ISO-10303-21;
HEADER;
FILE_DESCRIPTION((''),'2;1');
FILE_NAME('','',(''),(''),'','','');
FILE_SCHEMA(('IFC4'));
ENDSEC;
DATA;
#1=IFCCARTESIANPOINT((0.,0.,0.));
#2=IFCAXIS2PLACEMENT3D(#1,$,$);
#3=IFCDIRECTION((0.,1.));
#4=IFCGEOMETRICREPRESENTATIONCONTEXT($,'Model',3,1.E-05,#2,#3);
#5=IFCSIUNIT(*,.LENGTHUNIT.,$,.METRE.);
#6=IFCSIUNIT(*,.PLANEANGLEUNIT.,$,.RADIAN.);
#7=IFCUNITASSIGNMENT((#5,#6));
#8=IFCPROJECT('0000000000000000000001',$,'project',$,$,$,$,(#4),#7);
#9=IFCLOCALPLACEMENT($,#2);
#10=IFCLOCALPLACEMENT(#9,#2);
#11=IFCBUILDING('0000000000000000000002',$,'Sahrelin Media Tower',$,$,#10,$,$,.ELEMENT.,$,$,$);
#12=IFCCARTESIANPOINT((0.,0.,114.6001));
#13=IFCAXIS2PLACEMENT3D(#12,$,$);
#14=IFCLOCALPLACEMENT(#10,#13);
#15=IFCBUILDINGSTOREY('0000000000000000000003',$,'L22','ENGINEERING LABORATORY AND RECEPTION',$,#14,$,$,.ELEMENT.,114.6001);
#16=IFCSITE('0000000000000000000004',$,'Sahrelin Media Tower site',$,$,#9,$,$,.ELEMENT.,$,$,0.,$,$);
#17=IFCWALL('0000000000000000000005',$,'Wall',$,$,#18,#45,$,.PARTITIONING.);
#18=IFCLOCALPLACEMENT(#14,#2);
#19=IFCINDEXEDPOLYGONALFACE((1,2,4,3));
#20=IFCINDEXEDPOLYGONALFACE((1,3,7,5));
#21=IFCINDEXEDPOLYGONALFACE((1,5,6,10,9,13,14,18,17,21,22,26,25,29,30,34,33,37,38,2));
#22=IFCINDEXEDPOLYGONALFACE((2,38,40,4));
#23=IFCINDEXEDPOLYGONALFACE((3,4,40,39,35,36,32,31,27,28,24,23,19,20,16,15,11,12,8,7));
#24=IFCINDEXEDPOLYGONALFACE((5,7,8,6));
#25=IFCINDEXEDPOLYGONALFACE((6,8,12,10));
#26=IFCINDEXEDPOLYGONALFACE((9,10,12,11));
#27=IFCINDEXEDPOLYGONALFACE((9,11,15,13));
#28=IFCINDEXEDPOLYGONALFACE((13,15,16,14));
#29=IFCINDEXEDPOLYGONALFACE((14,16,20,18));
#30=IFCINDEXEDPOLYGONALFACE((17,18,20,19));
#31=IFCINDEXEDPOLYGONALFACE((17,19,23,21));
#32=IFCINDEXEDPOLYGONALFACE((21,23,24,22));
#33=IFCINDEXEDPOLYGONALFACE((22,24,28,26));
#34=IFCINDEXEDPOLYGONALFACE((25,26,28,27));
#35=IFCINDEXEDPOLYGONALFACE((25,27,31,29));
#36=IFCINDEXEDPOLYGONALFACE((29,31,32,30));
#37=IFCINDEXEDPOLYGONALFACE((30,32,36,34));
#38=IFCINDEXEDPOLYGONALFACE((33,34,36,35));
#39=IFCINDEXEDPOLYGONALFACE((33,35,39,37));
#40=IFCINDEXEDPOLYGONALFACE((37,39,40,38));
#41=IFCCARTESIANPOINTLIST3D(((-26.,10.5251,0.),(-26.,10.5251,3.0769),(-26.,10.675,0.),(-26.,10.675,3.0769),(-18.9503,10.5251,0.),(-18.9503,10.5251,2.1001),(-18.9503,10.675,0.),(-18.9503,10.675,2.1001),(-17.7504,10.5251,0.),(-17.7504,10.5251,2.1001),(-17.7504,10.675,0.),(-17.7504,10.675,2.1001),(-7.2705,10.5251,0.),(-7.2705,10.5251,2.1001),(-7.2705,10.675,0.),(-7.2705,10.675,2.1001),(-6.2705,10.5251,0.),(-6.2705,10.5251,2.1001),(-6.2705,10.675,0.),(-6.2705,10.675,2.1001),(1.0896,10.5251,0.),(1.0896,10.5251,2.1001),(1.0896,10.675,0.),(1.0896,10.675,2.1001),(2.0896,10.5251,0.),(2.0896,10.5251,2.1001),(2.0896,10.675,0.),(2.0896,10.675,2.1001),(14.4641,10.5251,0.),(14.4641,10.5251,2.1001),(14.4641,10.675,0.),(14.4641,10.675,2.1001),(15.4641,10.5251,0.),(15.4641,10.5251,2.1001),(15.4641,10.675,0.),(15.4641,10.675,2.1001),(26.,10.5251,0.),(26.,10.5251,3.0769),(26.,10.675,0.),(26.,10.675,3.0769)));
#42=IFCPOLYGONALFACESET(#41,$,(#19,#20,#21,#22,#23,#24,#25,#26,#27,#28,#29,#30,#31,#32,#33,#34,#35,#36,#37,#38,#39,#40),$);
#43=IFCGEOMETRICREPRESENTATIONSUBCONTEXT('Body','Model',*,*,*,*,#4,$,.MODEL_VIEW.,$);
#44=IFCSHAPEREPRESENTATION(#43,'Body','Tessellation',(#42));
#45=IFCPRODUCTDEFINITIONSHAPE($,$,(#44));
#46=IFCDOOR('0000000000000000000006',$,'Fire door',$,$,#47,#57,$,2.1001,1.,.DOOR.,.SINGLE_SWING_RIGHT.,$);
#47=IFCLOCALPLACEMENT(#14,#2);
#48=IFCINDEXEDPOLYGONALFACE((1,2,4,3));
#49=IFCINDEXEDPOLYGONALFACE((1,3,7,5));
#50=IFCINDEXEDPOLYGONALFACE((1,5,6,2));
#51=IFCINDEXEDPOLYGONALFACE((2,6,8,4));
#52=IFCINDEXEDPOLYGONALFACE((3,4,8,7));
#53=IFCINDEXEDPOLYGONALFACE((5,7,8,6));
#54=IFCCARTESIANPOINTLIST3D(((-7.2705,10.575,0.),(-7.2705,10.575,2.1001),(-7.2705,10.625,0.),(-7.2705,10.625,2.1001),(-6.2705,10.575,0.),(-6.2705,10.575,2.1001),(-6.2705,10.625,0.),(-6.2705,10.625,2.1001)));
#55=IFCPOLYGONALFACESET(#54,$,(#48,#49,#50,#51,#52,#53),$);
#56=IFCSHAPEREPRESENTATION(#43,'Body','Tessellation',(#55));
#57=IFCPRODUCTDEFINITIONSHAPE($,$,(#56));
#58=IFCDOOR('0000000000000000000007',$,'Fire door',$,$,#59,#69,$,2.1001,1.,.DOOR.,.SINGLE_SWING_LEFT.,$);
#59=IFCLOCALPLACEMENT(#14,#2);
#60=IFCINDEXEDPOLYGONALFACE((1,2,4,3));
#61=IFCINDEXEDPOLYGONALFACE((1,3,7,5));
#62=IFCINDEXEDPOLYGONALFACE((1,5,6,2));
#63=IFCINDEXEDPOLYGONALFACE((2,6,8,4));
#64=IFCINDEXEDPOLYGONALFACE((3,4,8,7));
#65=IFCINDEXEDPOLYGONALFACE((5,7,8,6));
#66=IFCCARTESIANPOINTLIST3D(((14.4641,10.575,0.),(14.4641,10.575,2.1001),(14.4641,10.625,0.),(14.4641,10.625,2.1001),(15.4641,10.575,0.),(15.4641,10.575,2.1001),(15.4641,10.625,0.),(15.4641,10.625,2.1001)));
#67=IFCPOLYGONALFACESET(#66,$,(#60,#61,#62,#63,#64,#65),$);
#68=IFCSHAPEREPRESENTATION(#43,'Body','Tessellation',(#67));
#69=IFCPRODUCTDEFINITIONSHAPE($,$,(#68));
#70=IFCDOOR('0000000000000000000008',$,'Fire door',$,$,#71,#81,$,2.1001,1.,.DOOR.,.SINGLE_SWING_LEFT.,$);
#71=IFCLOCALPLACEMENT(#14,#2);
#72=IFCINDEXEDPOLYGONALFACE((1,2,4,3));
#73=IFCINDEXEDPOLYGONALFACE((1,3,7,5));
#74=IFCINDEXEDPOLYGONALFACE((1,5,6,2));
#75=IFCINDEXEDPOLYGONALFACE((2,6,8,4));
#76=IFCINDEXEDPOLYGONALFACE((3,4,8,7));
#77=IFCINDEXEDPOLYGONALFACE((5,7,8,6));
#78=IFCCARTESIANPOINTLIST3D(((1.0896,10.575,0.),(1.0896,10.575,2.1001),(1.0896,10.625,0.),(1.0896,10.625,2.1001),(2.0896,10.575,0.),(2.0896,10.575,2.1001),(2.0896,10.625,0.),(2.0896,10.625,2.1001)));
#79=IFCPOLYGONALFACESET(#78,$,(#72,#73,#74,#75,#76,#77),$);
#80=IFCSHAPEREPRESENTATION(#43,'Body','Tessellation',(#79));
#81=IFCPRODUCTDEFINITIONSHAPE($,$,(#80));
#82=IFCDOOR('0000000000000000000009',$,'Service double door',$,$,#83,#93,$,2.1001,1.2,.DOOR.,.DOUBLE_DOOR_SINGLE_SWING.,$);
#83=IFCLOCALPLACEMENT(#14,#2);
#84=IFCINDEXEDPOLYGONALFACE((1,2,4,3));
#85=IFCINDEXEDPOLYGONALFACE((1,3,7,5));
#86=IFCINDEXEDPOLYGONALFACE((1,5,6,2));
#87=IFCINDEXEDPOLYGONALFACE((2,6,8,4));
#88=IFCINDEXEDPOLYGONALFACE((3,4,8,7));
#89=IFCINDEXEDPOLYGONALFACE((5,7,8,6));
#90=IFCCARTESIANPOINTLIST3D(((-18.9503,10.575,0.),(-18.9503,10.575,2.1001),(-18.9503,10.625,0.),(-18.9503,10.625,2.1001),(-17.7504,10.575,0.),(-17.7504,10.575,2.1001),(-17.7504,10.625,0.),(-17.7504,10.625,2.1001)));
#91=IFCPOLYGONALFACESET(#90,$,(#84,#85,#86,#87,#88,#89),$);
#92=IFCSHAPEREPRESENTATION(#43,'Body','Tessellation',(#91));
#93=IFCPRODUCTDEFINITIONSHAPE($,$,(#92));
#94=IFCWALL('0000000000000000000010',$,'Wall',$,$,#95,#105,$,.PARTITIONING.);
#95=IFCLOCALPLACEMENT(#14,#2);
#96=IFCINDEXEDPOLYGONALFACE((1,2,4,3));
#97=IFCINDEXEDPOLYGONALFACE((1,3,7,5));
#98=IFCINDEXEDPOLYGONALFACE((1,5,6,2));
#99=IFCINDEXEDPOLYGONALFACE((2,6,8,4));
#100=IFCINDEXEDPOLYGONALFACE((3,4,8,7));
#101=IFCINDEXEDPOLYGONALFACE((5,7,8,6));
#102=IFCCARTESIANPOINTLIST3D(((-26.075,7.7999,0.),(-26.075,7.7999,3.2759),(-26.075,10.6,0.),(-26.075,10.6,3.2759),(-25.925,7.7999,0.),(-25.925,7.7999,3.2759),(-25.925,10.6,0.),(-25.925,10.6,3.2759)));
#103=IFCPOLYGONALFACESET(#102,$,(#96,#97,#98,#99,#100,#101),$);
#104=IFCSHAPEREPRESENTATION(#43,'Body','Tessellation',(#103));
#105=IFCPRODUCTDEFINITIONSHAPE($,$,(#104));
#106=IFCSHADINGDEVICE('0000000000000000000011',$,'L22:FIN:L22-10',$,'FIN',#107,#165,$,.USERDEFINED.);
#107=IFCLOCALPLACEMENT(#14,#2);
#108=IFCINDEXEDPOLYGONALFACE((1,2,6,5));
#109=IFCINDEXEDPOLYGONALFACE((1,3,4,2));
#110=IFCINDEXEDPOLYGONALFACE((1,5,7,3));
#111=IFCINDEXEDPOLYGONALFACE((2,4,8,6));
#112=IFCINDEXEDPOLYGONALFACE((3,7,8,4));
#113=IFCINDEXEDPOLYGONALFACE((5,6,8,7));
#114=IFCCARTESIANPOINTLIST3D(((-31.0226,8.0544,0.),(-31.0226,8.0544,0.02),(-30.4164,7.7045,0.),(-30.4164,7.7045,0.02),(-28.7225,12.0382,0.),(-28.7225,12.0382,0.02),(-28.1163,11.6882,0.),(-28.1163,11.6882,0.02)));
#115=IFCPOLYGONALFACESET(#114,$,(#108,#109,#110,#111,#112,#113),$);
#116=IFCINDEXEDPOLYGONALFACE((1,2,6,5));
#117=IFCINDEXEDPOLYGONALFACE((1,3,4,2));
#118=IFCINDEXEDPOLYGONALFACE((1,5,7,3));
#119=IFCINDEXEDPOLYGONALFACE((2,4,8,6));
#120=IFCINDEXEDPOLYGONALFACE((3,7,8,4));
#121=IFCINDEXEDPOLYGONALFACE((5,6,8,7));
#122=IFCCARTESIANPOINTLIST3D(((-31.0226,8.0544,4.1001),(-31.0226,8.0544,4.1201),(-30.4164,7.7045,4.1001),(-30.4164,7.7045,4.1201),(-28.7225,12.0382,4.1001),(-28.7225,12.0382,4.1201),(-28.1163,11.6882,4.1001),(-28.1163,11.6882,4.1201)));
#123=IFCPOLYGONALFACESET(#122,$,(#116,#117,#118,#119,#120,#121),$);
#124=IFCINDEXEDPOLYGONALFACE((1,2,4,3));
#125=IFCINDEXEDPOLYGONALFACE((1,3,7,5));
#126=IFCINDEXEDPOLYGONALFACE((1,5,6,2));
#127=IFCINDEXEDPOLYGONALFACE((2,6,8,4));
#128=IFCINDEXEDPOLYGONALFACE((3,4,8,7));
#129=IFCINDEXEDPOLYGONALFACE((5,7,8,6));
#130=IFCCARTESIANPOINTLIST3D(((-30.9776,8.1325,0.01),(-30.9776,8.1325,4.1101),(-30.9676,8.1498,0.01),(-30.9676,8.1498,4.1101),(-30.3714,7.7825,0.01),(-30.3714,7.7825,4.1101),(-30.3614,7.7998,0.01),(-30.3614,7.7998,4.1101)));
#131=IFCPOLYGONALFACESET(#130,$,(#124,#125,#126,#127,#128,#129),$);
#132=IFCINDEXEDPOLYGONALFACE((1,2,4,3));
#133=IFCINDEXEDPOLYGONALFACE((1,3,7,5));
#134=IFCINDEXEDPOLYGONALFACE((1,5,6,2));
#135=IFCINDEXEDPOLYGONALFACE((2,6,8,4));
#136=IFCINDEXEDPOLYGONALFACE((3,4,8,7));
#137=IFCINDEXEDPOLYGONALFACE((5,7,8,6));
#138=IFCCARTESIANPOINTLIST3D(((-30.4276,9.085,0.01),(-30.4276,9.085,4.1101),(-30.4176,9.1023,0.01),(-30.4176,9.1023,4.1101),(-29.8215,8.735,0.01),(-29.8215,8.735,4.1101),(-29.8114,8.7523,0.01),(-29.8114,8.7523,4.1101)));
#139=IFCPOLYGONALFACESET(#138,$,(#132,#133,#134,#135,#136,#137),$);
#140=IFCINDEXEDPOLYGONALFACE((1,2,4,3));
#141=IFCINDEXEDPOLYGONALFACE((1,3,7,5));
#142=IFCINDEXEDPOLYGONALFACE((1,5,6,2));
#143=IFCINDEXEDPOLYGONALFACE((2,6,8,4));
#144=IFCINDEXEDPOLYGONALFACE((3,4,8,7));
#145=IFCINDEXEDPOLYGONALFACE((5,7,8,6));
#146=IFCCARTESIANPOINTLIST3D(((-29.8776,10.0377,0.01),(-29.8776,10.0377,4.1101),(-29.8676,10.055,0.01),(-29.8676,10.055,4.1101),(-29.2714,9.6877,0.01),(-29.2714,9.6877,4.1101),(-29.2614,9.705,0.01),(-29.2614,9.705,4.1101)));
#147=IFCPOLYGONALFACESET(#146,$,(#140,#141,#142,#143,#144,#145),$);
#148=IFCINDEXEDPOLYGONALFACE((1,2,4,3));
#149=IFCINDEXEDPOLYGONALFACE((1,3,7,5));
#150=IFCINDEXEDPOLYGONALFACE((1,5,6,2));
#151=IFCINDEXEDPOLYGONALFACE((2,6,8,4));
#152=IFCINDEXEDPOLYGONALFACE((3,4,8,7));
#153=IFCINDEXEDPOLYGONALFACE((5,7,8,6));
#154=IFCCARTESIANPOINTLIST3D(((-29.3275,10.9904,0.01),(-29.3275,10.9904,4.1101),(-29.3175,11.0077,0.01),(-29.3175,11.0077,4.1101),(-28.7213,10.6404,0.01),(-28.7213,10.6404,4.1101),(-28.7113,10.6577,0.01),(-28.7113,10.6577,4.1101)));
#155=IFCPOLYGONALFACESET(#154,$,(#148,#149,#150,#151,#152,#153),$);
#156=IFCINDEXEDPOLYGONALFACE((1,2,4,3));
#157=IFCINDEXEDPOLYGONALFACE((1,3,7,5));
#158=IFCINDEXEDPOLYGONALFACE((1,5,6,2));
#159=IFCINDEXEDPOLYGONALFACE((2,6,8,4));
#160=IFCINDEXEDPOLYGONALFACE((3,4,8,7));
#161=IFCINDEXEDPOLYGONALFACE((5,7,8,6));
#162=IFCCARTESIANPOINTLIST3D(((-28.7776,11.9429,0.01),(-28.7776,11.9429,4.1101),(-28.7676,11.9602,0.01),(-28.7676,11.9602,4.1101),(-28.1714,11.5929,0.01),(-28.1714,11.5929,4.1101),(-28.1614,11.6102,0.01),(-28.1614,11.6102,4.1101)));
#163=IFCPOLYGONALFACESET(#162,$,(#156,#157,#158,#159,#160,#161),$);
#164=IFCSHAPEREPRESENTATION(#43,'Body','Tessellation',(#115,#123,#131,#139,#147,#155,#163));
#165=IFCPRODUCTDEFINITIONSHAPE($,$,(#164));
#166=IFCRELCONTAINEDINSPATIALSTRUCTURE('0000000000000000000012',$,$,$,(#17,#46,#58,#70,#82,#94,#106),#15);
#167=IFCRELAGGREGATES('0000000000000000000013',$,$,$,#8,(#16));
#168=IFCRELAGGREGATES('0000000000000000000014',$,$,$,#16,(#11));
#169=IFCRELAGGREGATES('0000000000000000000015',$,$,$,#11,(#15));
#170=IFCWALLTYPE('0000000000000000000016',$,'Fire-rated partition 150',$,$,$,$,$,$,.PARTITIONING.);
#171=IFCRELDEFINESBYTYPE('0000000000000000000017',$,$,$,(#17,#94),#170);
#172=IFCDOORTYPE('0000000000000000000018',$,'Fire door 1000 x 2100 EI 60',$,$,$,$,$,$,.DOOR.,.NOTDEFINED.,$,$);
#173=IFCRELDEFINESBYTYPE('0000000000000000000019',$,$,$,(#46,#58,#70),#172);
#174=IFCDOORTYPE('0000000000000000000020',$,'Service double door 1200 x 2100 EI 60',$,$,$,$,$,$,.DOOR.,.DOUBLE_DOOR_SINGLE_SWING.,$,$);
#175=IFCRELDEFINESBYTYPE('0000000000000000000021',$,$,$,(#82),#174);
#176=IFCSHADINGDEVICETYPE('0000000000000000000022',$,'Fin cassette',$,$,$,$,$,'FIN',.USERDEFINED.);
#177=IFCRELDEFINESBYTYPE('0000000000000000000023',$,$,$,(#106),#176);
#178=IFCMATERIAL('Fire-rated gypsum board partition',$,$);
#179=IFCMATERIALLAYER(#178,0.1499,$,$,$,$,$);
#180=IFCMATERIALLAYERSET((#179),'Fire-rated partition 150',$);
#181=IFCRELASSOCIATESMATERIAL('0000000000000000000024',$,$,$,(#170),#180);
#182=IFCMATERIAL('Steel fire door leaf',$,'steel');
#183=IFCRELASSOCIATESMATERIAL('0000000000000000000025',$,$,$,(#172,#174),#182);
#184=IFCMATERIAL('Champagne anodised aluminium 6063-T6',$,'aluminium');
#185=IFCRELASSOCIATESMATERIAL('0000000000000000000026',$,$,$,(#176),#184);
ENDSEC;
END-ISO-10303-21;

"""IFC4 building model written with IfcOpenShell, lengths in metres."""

from ifc_helpers import new_model, si_unit, direction, frame, frame_2d, origin, origin_2d, place, context, subcontext, project, spatial, rectangle, extrude, material, layer, layer_set, type_object, element, fill, save


model = new_model("IFC4")

# Units and contexts
model_context = context("Model", 3, precision=1e-05, world=origin(), true_north=direction((0.0, 1.0)))
body_context = subcontext(model_context, "Body", "Model", "MODEL_VIEW")
ifc_project = project(units=[si_unit("LENGTHUNIT", "METRE"), si_unit("PLANEANGLEUNIT", "RADIAN")], contexts=[model_context])

# Site, building, storey
site_placement = place(None, origin())
site = spatial("IfcSite", under=ifc_project, at=site_placement, Name="Sahrelin Media Tower site", CompositionType="ELEMENT", RefElevation=0.0)
building_placement = place(site_placement, origin())
building = spatial("IfcBuilding", under=site, at=building_placement, Name="Sahrelin Media Tower", CompositionType="ELEMENT")
storey_placement = place(building_placement, frame((0.0, 0.0, 114.6001)))
storey = spatial("IfcBuildingStorey", under=building, at=storey_placement, Name="L22", Description="ENGINEERING LABORATORY AND RECEPTION", CompositionType="ELEMENT", Elevation=114.6001)

# Shared definitions
ifc_material_1 = material(Name="Champagne anodised aluminium 6063-T6", Category="aluminium")

# Shared definitions
ifc_material_2 = material(Name="Fire-rated gypsum board partition")
ifc_layer_1 = layer(ifc_material_2, 0.1499)
ifc_layer_set_1 = layer_set([ifc_layer_1], Name="Fire-rated partition 150")
wall_type = type_object("IfcWallType", Name="Fire-rated partition 150", PredefinedType="PARTITIONING", material=ifc_layer_set_1)

# Wall, openings, doors
wall_1_placement = place(storey_placement, frame((-26.0, 10.6001, 0.0), z_axis=(0.0, 0.0, 1.0), x_axis=(1.0, 0.0, 0.0)))
wall_1 = element("IfcWall", 1, at=wall_1_placement, inside=storey, type_object=wall_type, Name="Wall", PredefinedType="PARTITIONING", context=body_context, shape_type="SweptSolid", body=[
    extrude(rectangle(XDim=52.0, YDim=0.1499, at=frame_2d((26.0, 0.0))), origin(), (0.0, 0.0, 1.0), 3.0769),
])
opening_1_placement = place(wall_1_placement, frame((18.7295, 0.0, 0.0)))
opening_1 = element("IfcOpeningElement", 2, at=opening_1_placement, cuts=wall_1, PredefinedType="OPENING", context=body_context, shape_type="SweptSolid", body=[
    extrude(rectangle(XDim=1.0, YDim=2.1001, at=frame_2d((0.5, 1.05))), frame((0.0, 0.075, 0.0), z_axis=(0.0, -1.0, 0.0), x_axis=(1.0, 0.0, 0.0)), (0.0, 0.0, 1.0), 0.1499),
])
opening_2_placement = place(wall_1_placement, frame((7.0496, 0.0, 0.0)))
opening_2 = element("IfcOpeningElement", 3, at=opening_2_placement, cuts=wall_1, PredefinedType="OPENING", context=body_context, shape_type="SweptSolid", body=[
    extrude(rectangle(XDim=1.2, YDim=2.1001, at=frame_2d((0.6001, 1.05))), frame((0.0, 0.075, 0.0), z_axis=(0.0, -1.0, 0.0), x_axis=(1.0, 0.0, 0.0)), (0.0, 0.0, 1.0), 0.1499),
])
opening_3_placement = place(wall_1_placement, frame((40.4641, 0.0, 0.0)))
opening_3 = element("IfcOpeningElement", 4, at=opening_3_placement, cuts=wall_1, PredefinedType="OPENING", context=body_context, shape_type="SweptSolid", body=[
    extrude(rectangle(XDim=1.0, YDim=2.1001, at=frame_2d((0.5, 1.05))), frame((0.0, 0.075, 0.0), z_axis=(0.0, -1.0, 0.0), x_axis=(1.0, 0.0, 0.0)), (0.0, 0.0, 1.0), 0.1499),
])
opening_4_placement = place(wall_1_placement, frame((27.0896, 0.0, 0.0)))
opening_4 = element("IfcOpeningElement", 5, at=opening_4_placement, cuts=wall_1, PredefinedType="OPENING", context=body_context, shape_type="SweptSolid", body=[
    extrude(rectangle(XDim=1.0, YDim=2.1001, at=frame_2d((0.5, 1.05))), frame((0.0, 0.075, 0.0), z_axis=(0.0, -1.0, 0.0), x_axis=(1.0, 0.0, 0.0)), (0.0, 0.0, 1.0), 0.1499),
])
ifc_material_3 = material(Name="Steel fire door leaf", Category="steel")
door_type_1 = type_object("IfcDoorType", Name="Fire door 1000 x 2100 EI 60", OperationType="NOTDEFINED", PredefinedType="DOOR", material=ifc_material_3)
door_1_placement = place(opening_1_placement, origin())
door_1 = element("IfcDoor", 6, at=door_1_placement, inside=storey, type_object=door_type_1, Name="Fire door", OperationType="SINGLE_SWING_RIGHT", OverallHeight=2.1001, OverallWidth=1.0, PredefinedType="DOOR", context=body_context, shape_type="SweptSolid", body=[
    extrude(rectangle(XDim=1.0, YDim=2.1001, at=frame_2d((0.5, 1.05))), frame((0.0, 0.0249, 0.0), z_axis=(0.0, -1.0, 0.0), x_axis=(1.0, 0.0, 0.0)), (0.0, 0.0, 1.0), 0.05),
])
fill(opening_1, door_1)
door_2_placement = place(opening_3_placement, origin())
door_2 = element("IfcDoor", 7, at=door_2_placement, inside=storey, type_object=door_type_1, Name="Fire door", OperationType="SINGLE_SWING_LEFT", OverallHeight=2.1001, OverallWidth=1.0, PredefinedType="DOOR", context=body_context, shape_type="SweptSolid", body=[
    extrude(rectangle(XDim=1.0, YDim=2.1001, at=frame_2d((0.5, 1.05))), frame((0.0, 0.0249, 0.0), z_axis=(0.0, -1.0, 0.0), x_axis=(1.0, 0.0, 0.0)), (0.0, 0.0, 1.0), 0.05),
])
fill(opening_3, door_2)
door_3_placement = place(opening_4_placement, origin())
door_3 = element("IfcDoor", 8, at=door_3_placement, inside=storey, type_object=door_type_1, Name="Fire door", OperationType="SINGLE_SWING_LEFT", OverallHeight=2.1001, OverallWidth=1.0, PredefinedType="DOOR", context=body_context, shape_type="SweptSolid", body=[
    extrude(rectangle(XDim=1.0, YDim=2.1001, at=frame_2d((0.5, 1.05))), frame((0.0, 0.0249, 0.0), z_axis=(0.0, -1.0, 0.0), x_axis=(1.0, 0.0, 0.0)), (0.0, 0.0, 1.0), 0.05),
])
fill(opening_4, door_3)
door_type_2 = type_object("IfcDoorType", Name="Service double door 1200 x 2100 EI 60", OperationType="DOUBLE_DOOR_SINGLE_SWING", PredefinedType="DOOR", material=ifc_material_3)
door_4_placement = place(opening_2_placement, origin())
door_4 = element("IfcDoor", 9, at=door_4_placement, inside=storey, type_object=door_type_2, Name="Service double door", OperationType="DOUBLE_DOOR_SINGLE_SWING", OverallHeight=2.1001, OverallWidth=1.2, PredefinedType="DOOR", context=body_context, shape_type="SweptSolid", body=[
    extrude(rectangle(XDim=1.2, YDim=2.1001, at=frame_2d((0.6001, 1.05))), frame((0.0, 0.0249, 0.0), z_axis=(0.0, -1.0, 0.0), x_axis=(1.0, 0.0, 0.0)), (0.0, 0.0, 1.0), 0.05),
])
fill(opening_2, door_4)

# Wall
wall_2_placement = place(storey_placement, frame((-26.0, 7.8, 0.0), z_axis=(0.0, 0.0, 1.0), x_axis=(0.0, 1.0, 0.0)))
element("IfcWall", 10, at=wall_2_placement, inside=storey, type_object=wall_type, Name="Wall", PredefinedType="PARTITIONING", context=body_context, shape_type="SweptSolid", body=[
    extrude(rectangle(XDim=2.8, YDim=0.1499, at=frame_2d((1.3999, 0.0))), origin(), (0.0, 0.0, 1.0), 3.2759),
])

# Shading device
shading_device_type_1 = type_object("IfcShadingDeviceType", Name="Fin cassette", ElementType="FIN", PredefinedType="USERDEFINED", material=ifc_material_1)
placement_1 = place(storey_placement, frame((-29.2058, 9.6614, 0.0), z_axis=(0.0, 0.0, 1.0), x_axis=(0.500011, 0.866019, 0.0)))
element("IfcShadingDevice", 11, at=placement_1, inside=storey, type_object=shading_device_type_1, Name="L22:FIN:L22-10", ObjectType="FIN", PredefinedType="USERDEFINED", context=body_context, shape_type="SweptSolid", body=[
    extrude(rectangle(XDim=4.6001, YDim=0.7, at=origin_2d()), frame((0.0, 0.4199, 0.0)), (0.0, 0.0, 1.0), 0.02),
    extrude(rectangle(XDim=4.6001, YDim=0.7, at=origin_2d()), frame((0.0, 0.4199, 4.1001)), (0.0, 0.0, 1.0), 0.02),
    extrude(rectangle(XDim=0.02, YDim=0.7, at=origin_2d()), frame((-2.2, 0.4199, 0.01), z_axis=(0.0, 0.0, 1.0), x_axis=(1.0, 0.0, 0.0)), (0.0, 0.0, 1.0), 4.1001),
    extrude(rectangle(XDim=0.02, YDim=0.7, at=origin_2d()), frame((-1.1001, 0.4199, 0.01), z_axis=(0.0, 0.0, 1.0), x_axis=(1.0, 0.0, 0.0)), (0.0, 0.0, 1.0), 4.1001),
    extrude(rectangle(XDim=0.02, YDim=0.7, at=origin_2d()), frame((0.0, 0.4199, 0.01), z_axis=(0.0, 0.0, 1.0), x_axis=(1.0, 0.0, 0.0)), (0.0, 0.0, 1.0), 4.1001),
    extrude(rectangle(XDim=0.02, YDim=0.7, at=origin_2d()), frame((1.1001, 0.4199, 0.01), z_axis=(0.0, 0.0, 1.0), x_axis=(1.0, 0.0, 0.0)), (0.0, 0.0, 1.0), 4.1001),
    extrude(rectangle(XDim=0.02, YDim=0.7, at=origin_2d()), frame((2.2, 0.4199, 0.01), z_axis=(0.0, 0.0, 1.0), x_axis=(1.0, 0.0, 0.0)), (0.0, 0.0, 1.0), 4.1001),
])

save(model, "model.ifc")
